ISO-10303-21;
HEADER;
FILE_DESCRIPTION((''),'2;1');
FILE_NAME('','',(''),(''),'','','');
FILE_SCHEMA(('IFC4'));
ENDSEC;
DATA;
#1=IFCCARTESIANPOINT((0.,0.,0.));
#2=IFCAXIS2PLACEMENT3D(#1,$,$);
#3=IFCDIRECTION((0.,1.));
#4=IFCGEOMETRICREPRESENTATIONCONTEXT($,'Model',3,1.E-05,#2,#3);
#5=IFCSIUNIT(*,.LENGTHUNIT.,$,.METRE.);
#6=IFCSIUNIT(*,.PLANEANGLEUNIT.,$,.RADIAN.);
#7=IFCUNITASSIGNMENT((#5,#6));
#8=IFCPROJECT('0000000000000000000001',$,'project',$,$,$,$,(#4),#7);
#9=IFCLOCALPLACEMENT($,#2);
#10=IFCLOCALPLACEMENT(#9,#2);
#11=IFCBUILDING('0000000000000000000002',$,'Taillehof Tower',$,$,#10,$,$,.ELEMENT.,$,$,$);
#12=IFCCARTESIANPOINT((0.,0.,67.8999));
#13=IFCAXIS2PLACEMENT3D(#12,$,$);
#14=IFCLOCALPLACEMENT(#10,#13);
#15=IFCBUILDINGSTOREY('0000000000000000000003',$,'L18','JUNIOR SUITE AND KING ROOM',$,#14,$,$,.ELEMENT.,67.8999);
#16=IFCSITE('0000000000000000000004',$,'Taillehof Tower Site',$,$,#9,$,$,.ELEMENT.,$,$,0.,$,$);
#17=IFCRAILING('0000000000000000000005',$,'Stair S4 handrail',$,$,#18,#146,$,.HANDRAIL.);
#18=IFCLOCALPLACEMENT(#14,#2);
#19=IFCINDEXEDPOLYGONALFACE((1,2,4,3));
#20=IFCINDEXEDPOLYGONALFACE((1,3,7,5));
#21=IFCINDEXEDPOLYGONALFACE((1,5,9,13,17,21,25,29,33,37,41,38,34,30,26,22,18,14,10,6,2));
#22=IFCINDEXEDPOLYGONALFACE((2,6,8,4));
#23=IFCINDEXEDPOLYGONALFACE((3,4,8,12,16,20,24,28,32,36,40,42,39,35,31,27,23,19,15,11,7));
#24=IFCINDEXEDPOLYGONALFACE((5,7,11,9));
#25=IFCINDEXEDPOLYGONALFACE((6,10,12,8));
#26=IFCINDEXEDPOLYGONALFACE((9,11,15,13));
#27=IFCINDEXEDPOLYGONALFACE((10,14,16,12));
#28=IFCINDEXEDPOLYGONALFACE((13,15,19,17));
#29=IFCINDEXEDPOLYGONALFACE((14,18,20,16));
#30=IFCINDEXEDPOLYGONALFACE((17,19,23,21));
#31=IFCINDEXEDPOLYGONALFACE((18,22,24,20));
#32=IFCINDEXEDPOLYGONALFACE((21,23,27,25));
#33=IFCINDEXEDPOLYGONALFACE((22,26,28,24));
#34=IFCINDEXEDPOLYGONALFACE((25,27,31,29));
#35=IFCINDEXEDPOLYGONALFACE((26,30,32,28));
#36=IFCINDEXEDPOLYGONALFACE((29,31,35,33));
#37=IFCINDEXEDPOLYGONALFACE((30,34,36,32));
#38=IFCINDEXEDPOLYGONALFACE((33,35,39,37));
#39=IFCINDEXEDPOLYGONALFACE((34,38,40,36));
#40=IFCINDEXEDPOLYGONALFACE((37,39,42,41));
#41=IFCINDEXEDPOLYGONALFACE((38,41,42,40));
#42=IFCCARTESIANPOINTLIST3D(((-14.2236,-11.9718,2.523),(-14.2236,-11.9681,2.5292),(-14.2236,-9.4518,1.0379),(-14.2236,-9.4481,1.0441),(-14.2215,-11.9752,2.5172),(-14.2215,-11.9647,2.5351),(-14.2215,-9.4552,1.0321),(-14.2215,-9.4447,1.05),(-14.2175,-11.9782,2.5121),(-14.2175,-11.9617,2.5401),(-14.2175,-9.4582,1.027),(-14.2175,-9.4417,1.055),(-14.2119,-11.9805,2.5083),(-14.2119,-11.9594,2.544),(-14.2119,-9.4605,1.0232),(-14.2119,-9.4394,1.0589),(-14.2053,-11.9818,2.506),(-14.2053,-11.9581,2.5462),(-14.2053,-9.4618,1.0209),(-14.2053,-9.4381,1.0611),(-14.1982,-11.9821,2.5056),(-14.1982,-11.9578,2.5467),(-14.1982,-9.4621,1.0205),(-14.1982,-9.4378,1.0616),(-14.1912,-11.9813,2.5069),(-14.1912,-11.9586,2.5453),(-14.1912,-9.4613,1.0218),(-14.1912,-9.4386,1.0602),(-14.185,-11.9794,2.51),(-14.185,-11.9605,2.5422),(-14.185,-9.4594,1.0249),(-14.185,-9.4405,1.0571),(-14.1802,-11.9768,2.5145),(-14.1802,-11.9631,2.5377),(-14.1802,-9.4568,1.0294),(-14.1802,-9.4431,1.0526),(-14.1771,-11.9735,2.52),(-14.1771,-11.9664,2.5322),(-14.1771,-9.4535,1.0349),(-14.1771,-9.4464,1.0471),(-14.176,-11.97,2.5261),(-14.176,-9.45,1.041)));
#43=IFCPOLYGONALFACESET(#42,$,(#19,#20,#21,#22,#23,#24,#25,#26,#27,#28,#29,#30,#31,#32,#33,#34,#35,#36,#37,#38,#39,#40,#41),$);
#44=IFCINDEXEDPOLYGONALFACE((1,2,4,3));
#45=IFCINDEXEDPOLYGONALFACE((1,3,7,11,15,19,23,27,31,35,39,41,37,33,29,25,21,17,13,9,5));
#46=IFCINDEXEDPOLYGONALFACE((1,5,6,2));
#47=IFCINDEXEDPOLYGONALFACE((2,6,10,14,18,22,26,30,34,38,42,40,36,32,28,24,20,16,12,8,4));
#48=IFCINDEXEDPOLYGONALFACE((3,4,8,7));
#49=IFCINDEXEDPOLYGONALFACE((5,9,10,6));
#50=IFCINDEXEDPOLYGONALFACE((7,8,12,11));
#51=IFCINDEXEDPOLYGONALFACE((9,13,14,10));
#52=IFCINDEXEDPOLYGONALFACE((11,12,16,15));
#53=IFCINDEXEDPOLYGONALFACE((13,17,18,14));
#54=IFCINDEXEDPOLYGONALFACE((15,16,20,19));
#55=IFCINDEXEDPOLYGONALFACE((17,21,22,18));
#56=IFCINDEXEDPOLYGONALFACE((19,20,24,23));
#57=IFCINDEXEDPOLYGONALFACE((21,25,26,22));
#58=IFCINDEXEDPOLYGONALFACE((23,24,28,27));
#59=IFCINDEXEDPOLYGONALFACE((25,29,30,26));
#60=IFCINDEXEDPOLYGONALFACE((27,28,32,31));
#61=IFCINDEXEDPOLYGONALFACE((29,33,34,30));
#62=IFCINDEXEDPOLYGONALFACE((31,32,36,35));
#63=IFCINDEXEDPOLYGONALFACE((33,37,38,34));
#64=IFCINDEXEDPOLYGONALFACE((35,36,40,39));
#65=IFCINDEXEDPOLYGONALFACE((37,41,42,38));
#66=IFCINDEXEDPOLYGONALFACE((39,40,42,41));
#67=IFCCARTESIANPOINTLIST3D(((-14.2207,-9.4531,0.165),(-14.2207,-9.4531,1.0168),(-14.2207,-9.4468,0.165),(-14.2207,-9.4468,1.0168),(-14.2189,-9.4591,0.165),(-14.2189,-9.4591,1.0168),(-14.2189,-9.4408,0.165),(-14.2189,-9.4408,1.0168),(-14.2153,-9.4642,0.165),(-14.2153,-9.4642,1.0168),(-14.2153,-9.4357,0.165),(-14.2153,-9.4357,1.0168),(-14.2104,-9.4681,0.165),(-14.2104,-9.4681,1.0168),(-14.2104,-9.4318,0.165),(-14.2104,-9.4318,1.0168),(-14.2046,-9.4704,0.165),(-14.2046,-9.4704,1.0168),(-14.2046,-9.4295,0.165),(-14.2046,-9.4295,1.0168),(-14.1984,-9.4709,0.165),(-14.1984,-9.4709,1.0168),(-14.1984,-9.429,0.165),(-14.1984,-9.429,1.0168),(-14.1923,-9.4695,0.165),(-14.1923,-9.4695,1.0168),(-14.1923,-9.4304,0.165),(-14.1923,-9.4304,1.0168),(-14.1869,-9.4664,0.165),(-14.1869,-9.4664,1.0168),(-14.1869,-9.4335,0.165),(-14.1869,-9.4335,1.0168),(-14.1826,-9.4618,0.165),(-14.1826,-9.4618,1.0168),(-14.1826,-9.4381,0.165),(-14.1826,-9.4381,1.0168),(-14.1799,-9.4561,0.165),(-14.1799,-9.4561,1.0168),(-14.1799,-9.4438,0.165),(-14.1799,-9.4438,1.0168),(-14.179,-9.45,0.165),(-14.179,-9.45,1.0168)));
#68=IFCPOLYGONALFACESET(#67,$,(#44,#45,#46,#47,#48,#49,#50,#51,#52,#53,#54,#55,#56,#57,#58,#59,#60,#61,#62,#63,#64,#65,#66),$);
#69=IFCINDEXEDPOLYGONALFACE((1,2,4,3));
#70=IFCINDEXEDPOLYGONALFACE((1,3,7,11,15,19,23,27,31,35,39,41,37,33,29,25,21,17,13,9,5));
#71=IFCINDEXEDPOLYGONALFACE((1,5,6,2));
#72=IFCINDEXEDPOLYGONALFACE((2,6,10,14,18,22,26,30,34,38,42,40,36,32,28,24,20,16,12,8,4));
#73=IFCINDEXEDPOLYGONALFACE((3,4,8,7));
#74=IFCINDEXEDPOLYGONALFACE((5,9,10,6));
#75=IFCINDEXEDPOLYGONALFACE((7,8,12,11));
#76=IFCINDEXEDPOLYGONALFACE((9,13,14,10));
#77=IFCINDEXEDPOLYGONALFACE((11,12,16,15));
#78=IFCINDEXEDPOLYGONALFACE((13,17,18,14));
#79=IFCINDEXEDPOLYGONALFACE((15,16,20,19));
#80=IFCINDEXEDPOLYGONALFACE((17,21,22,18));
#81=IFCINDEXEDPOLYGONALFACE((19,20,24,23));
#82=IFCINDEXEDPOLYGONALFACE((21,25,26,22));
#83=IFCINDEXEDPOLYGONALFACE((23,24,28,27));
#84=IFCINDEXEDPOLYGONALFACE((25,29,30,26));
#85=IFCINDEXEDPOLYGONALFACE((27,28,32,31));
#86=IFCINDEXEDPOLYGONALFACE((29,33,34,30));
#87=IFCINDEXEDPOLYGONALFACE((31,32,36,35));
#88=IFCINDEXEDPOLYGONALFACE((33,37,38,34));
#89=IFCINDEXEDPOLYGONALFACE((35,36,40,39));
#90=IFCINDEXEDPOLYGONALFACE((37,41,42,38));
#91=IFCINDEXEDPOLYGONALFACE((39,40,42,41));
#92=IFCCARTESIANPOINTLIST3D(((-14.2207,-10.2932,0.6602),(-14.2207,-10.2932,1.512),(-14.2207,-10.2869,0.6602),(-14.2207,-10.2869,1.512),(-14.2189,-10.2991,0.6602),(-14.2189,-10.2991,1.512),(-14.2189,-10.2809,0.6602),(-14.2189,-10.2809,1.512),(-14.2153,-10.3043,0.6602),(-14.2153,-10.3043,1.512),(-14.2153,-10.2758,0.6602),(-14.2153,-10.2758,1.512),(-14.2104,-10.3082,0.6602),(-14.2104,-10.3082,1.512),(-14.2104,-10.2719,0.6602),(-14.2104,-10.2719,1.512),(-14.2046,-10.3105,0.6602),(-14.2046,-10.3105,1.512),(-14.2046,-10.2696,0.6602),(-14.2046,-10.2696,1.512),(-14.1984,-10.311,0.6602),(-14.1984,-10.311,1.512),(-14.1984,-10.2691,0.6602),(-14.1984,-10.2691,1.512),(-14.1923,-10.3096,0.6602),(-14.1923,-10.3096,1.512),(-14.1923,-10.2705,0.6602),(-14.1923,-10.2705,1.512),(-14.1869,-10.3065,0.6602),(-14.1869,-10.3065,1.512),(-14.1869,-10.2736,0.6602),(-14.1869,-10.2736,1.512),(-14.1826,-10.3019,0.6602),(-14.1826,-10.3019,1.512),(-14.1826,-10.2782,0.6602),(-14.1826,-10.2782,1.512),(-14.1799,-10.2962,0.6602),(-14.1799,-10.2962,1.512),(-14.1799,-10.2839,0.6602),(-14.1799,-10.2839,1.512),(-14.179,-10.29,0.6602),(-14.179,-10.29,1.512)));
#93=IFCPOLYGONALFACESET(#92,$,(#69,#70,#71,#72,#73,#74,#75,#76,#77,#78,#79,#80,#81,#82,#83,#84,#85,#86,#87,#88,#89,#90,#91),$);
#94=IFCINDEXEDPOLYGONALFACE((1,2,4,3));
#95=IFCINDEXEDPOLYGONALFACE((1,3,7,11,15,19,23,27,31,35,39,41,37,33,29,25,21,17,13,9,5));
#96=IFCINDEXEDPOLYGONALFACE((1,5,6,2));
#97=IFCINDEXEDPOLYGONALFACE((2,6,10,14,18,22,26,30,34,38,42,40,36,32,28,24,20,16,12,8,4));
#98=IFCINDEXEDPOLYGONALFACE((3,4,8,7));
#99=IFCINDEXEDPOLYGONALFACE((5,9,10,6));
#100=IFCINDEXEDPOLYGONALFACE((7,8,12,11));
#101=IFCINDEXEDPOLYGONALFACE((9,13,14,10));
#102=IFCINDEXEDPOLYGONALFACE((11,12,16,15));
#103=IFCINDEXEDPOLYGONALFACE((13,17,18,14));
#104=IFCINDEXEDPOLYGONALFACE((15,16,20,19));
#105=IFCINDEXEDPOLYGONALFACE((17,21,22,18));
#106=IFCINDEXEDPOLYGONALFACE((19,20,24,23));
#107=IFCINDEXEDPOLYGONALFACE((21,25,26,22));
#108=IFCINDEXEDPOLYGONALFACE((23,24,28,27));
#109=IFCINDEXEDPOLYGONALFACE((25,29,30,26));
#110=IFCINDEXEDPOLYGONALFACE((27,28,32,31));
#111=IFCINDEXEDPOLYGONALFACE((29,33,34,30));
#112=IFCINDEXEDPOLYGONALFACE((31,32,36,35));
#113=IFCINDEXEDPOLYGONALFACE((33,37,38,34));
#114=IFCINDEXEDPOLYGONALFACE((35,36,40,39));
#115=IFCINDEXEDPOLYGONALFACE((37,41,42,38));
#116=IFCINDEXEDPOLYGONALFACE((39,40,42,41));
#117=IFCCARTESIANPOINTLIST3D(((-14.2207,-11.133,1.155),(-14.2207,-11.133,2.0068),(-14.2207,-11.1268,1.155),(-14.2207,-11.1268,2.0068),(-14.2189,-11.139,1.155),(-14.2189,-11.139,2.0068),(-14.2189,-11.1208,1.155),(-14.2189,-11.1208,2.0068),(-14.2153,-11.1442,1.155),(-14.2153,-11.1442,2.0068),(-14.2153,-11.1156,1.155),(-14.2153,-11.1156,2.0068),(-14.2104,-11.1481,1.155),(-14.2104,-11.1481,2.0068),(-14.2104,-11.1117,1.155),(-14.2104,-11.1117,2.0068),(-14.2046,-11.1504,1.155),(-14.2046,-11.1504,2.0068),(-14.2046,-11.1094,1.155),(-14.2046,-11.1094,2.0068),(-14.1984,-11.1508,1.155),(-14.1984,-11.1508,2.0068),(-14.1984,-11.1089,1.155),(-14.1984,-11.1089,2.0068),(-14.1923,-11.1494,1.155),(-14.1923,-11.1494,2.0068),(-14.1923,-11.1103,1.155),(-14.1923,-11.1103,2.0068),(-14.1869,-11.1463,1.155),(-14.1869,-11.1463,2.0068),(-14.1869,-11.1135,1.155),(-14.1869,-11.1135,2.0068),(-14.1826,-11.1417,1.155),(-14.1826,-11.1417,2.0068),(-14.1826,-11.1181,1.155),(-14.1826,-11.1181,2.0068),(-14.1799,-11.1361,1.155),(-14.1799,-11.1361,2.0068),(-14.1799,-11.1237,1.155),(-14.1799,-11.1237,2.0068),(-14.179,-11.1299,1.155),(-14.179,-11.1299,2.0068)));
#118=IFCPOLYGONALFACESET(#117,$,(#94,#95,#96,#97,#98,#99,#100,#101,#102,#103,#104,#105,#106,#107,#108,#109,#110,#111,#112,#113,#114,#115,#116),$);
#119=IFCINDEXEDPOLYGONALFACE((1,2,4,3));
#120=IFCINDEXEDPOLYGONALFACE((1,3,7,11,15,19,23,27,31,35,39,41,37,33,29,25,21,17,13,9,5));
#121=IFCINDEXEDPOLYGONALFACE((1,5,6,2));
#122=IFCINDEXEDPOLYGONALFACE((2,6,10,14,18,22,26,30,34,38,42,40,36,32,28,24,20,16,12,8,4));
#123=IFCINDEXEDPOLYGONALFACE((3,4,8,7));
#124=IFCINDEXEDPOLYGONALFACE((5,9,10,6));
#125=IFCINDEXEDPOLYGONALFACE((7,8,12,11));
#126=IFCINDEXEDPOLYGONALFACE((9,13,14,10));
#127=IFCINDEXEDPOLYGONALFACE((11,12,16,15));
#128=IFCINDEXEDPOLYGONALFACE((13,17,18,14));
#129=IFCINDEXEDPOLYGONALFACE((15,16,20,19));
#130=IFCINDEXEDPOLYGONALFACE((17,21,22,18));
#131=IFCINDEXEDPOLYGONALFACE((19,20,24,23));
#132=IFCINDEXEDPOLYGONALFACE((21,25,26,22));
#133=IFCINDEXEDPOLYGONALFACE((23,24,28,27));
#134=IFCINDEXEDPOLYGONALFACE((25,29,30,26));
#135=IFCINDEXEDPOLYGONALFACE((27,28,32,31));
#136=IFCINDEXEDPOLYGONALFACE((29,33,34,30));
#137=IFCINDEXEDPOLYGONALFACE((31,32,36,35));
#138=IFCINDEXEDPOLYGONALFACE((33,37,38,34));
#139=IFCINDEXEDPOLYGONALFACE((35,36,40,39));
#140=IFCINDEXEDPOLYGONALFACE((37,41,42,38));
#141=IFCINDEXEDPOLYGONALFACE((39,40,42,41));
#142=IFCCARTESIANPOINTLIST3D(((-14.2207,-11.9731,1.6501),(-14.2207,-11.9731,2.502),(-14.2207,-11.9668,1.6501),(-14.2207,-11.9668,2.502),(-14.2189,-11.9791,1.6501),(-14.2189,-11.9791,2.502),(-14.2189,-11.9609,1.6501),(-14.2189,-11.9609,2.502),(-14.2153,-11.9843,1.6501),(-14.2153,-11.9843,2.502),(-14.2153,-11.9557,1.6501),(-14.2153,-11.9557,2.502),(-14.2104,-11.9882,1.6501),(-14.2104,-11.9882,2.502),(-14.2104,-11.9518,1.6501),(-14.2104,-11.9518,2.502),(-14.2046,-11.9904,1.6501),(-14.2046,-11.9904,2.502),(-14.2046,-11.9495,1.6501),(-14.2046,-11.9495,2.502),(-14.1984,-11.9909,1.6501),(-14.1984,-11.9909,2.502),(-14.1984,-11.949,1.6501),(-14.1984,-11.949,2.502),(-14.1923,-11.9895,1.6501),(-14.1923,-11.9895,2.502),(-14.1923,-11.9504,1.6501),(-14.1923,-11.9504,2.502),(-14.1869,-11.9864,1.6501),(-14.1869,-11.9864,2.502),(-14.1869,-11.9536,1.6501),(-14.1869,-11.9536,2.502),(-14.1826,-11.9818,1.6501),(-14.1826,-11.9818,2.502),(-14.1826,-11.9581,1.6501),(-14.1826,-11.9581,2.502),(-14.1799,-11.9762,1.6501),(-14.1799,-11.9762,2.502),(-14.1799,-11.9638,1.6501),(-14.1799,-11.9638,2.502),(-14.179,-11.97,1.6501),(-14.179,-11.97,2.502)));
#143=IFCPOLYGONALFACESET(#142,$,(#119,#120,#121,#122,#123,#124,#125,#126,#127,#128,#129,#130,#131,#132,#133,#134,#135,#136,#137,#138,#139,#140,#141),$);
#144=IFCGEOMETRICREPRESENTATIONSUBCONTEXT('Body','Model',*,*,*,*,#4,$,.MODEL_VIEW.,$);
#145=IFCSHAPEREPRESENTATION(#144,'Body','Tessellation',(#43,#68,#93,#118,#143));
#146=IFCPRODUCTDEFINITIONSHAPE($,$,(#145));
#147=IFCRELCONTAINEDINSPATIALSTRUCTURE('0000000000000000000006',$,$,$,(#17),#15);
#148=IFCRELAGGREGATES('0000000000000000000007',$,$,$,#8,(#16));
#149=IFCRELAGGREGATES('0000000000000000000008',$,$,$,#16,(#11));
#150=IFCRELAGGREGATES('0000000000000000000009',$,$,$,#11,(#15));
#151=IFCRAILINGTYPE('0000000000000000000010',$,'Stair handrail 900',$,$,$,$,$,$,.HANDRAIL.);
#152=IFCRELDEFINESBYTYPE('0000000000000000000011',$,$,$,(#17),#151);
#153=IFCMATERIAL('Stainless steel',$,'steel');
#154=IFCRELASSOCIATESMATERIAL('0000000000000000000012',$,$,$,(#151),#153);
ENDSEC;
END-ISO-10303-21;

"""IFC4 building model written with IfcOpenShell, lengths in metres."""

from ifc_helpers import new_model, si_unit, direction, frame, origin, origin_2d, place, context, subcontext, project, spatial, circle, extrude, material, type_object, element, save


model = new_model("IFC4")

# Units and contexts
model_context = context("Model", 3, precision=1e-05, world=origin(), true_north=direction((0.0, 1.0)))
body_context = subcontext(model_context, "Body", "Model", "MODEL_VIEW")
ifc_project = project(units=[si_unit("LENGTHUNIT", "METRE"), si_unit("PLANEANGLEUNIT", "RADIAN")], contexts=[model_context])

# Site, building, storey
site_placement = place(None, origin())
site = spatial("IfcSite", under=ifc_project, at=site_placement, Name="Taillehof Tower Site", CompositionType="ELEMENT", RefElevation=0.0)
building_placement = place(site_placement, origin())
building = spatial("IfcBuilding", under=site, at=building_placement, Name="Taillehof Tower", CompositionType="ELEMENT")
storey_placement = place(building_placement, frame((0.0, 0.0, 67.8999)))
storey = spatial("IfcBuildingStorey", under=building, at=storey_placement, Name="L18", Description="JUNIOR SUITE AND KING ROOM", CompositionType="ELEMENT", Elevation=67.8999)

# Railing
ifc_material_1 = material(Name="Stainless steel", Category="steel")
railing_type = type_object("IfcRailingType", Name="Stair handrail 900", PredefinedType="HANDRAIL", material=ifc_material_1)
railing_1_placement = place(storey_placement, frame((-14.2, -9.45, 0.165)))
element("IfcRailing", 1, at=railing_1_placement, inside=storey, type_object=railing_type, Name="Stair S4 handrail", PredefinedType="HANDRAIL", context=body_context, shape_type="SweptSolid", body=[
    extrude(circle(Radius=0.0239, at=origin_2d()), frame((0.0, 0.0, 0.876), z_axis=(0.0, -0.861524, 0.507717), x_axis=(1.0, 0.0, 0.0)), (0.0, 0.0, 1.0), 2.925),
    extrude(circle(Radius=0.021, at=origin_2d()), origin(), (0.0, 0.0, 1.0), 0.8518),
    extrude(circle(Radius=0.021, at=origin_2d()), frame((0.0, -0.8401, 0.4951)), (0.0, 0.0, 1.0), 0.8518),
    extrude(circle(Radius=0.021, at=origin_2d()), frame((0.0, -1.6799, 0.99)), (0.0, 0.0, 1.0), 0.8518),
    extrude(circle(Radius=0.021, at=origin_2d()), frame((0.0, -2.52, 1.4851)), (0.0, 0.0, 1.0), 0.8518),
])

save(model, "model.ifc")
